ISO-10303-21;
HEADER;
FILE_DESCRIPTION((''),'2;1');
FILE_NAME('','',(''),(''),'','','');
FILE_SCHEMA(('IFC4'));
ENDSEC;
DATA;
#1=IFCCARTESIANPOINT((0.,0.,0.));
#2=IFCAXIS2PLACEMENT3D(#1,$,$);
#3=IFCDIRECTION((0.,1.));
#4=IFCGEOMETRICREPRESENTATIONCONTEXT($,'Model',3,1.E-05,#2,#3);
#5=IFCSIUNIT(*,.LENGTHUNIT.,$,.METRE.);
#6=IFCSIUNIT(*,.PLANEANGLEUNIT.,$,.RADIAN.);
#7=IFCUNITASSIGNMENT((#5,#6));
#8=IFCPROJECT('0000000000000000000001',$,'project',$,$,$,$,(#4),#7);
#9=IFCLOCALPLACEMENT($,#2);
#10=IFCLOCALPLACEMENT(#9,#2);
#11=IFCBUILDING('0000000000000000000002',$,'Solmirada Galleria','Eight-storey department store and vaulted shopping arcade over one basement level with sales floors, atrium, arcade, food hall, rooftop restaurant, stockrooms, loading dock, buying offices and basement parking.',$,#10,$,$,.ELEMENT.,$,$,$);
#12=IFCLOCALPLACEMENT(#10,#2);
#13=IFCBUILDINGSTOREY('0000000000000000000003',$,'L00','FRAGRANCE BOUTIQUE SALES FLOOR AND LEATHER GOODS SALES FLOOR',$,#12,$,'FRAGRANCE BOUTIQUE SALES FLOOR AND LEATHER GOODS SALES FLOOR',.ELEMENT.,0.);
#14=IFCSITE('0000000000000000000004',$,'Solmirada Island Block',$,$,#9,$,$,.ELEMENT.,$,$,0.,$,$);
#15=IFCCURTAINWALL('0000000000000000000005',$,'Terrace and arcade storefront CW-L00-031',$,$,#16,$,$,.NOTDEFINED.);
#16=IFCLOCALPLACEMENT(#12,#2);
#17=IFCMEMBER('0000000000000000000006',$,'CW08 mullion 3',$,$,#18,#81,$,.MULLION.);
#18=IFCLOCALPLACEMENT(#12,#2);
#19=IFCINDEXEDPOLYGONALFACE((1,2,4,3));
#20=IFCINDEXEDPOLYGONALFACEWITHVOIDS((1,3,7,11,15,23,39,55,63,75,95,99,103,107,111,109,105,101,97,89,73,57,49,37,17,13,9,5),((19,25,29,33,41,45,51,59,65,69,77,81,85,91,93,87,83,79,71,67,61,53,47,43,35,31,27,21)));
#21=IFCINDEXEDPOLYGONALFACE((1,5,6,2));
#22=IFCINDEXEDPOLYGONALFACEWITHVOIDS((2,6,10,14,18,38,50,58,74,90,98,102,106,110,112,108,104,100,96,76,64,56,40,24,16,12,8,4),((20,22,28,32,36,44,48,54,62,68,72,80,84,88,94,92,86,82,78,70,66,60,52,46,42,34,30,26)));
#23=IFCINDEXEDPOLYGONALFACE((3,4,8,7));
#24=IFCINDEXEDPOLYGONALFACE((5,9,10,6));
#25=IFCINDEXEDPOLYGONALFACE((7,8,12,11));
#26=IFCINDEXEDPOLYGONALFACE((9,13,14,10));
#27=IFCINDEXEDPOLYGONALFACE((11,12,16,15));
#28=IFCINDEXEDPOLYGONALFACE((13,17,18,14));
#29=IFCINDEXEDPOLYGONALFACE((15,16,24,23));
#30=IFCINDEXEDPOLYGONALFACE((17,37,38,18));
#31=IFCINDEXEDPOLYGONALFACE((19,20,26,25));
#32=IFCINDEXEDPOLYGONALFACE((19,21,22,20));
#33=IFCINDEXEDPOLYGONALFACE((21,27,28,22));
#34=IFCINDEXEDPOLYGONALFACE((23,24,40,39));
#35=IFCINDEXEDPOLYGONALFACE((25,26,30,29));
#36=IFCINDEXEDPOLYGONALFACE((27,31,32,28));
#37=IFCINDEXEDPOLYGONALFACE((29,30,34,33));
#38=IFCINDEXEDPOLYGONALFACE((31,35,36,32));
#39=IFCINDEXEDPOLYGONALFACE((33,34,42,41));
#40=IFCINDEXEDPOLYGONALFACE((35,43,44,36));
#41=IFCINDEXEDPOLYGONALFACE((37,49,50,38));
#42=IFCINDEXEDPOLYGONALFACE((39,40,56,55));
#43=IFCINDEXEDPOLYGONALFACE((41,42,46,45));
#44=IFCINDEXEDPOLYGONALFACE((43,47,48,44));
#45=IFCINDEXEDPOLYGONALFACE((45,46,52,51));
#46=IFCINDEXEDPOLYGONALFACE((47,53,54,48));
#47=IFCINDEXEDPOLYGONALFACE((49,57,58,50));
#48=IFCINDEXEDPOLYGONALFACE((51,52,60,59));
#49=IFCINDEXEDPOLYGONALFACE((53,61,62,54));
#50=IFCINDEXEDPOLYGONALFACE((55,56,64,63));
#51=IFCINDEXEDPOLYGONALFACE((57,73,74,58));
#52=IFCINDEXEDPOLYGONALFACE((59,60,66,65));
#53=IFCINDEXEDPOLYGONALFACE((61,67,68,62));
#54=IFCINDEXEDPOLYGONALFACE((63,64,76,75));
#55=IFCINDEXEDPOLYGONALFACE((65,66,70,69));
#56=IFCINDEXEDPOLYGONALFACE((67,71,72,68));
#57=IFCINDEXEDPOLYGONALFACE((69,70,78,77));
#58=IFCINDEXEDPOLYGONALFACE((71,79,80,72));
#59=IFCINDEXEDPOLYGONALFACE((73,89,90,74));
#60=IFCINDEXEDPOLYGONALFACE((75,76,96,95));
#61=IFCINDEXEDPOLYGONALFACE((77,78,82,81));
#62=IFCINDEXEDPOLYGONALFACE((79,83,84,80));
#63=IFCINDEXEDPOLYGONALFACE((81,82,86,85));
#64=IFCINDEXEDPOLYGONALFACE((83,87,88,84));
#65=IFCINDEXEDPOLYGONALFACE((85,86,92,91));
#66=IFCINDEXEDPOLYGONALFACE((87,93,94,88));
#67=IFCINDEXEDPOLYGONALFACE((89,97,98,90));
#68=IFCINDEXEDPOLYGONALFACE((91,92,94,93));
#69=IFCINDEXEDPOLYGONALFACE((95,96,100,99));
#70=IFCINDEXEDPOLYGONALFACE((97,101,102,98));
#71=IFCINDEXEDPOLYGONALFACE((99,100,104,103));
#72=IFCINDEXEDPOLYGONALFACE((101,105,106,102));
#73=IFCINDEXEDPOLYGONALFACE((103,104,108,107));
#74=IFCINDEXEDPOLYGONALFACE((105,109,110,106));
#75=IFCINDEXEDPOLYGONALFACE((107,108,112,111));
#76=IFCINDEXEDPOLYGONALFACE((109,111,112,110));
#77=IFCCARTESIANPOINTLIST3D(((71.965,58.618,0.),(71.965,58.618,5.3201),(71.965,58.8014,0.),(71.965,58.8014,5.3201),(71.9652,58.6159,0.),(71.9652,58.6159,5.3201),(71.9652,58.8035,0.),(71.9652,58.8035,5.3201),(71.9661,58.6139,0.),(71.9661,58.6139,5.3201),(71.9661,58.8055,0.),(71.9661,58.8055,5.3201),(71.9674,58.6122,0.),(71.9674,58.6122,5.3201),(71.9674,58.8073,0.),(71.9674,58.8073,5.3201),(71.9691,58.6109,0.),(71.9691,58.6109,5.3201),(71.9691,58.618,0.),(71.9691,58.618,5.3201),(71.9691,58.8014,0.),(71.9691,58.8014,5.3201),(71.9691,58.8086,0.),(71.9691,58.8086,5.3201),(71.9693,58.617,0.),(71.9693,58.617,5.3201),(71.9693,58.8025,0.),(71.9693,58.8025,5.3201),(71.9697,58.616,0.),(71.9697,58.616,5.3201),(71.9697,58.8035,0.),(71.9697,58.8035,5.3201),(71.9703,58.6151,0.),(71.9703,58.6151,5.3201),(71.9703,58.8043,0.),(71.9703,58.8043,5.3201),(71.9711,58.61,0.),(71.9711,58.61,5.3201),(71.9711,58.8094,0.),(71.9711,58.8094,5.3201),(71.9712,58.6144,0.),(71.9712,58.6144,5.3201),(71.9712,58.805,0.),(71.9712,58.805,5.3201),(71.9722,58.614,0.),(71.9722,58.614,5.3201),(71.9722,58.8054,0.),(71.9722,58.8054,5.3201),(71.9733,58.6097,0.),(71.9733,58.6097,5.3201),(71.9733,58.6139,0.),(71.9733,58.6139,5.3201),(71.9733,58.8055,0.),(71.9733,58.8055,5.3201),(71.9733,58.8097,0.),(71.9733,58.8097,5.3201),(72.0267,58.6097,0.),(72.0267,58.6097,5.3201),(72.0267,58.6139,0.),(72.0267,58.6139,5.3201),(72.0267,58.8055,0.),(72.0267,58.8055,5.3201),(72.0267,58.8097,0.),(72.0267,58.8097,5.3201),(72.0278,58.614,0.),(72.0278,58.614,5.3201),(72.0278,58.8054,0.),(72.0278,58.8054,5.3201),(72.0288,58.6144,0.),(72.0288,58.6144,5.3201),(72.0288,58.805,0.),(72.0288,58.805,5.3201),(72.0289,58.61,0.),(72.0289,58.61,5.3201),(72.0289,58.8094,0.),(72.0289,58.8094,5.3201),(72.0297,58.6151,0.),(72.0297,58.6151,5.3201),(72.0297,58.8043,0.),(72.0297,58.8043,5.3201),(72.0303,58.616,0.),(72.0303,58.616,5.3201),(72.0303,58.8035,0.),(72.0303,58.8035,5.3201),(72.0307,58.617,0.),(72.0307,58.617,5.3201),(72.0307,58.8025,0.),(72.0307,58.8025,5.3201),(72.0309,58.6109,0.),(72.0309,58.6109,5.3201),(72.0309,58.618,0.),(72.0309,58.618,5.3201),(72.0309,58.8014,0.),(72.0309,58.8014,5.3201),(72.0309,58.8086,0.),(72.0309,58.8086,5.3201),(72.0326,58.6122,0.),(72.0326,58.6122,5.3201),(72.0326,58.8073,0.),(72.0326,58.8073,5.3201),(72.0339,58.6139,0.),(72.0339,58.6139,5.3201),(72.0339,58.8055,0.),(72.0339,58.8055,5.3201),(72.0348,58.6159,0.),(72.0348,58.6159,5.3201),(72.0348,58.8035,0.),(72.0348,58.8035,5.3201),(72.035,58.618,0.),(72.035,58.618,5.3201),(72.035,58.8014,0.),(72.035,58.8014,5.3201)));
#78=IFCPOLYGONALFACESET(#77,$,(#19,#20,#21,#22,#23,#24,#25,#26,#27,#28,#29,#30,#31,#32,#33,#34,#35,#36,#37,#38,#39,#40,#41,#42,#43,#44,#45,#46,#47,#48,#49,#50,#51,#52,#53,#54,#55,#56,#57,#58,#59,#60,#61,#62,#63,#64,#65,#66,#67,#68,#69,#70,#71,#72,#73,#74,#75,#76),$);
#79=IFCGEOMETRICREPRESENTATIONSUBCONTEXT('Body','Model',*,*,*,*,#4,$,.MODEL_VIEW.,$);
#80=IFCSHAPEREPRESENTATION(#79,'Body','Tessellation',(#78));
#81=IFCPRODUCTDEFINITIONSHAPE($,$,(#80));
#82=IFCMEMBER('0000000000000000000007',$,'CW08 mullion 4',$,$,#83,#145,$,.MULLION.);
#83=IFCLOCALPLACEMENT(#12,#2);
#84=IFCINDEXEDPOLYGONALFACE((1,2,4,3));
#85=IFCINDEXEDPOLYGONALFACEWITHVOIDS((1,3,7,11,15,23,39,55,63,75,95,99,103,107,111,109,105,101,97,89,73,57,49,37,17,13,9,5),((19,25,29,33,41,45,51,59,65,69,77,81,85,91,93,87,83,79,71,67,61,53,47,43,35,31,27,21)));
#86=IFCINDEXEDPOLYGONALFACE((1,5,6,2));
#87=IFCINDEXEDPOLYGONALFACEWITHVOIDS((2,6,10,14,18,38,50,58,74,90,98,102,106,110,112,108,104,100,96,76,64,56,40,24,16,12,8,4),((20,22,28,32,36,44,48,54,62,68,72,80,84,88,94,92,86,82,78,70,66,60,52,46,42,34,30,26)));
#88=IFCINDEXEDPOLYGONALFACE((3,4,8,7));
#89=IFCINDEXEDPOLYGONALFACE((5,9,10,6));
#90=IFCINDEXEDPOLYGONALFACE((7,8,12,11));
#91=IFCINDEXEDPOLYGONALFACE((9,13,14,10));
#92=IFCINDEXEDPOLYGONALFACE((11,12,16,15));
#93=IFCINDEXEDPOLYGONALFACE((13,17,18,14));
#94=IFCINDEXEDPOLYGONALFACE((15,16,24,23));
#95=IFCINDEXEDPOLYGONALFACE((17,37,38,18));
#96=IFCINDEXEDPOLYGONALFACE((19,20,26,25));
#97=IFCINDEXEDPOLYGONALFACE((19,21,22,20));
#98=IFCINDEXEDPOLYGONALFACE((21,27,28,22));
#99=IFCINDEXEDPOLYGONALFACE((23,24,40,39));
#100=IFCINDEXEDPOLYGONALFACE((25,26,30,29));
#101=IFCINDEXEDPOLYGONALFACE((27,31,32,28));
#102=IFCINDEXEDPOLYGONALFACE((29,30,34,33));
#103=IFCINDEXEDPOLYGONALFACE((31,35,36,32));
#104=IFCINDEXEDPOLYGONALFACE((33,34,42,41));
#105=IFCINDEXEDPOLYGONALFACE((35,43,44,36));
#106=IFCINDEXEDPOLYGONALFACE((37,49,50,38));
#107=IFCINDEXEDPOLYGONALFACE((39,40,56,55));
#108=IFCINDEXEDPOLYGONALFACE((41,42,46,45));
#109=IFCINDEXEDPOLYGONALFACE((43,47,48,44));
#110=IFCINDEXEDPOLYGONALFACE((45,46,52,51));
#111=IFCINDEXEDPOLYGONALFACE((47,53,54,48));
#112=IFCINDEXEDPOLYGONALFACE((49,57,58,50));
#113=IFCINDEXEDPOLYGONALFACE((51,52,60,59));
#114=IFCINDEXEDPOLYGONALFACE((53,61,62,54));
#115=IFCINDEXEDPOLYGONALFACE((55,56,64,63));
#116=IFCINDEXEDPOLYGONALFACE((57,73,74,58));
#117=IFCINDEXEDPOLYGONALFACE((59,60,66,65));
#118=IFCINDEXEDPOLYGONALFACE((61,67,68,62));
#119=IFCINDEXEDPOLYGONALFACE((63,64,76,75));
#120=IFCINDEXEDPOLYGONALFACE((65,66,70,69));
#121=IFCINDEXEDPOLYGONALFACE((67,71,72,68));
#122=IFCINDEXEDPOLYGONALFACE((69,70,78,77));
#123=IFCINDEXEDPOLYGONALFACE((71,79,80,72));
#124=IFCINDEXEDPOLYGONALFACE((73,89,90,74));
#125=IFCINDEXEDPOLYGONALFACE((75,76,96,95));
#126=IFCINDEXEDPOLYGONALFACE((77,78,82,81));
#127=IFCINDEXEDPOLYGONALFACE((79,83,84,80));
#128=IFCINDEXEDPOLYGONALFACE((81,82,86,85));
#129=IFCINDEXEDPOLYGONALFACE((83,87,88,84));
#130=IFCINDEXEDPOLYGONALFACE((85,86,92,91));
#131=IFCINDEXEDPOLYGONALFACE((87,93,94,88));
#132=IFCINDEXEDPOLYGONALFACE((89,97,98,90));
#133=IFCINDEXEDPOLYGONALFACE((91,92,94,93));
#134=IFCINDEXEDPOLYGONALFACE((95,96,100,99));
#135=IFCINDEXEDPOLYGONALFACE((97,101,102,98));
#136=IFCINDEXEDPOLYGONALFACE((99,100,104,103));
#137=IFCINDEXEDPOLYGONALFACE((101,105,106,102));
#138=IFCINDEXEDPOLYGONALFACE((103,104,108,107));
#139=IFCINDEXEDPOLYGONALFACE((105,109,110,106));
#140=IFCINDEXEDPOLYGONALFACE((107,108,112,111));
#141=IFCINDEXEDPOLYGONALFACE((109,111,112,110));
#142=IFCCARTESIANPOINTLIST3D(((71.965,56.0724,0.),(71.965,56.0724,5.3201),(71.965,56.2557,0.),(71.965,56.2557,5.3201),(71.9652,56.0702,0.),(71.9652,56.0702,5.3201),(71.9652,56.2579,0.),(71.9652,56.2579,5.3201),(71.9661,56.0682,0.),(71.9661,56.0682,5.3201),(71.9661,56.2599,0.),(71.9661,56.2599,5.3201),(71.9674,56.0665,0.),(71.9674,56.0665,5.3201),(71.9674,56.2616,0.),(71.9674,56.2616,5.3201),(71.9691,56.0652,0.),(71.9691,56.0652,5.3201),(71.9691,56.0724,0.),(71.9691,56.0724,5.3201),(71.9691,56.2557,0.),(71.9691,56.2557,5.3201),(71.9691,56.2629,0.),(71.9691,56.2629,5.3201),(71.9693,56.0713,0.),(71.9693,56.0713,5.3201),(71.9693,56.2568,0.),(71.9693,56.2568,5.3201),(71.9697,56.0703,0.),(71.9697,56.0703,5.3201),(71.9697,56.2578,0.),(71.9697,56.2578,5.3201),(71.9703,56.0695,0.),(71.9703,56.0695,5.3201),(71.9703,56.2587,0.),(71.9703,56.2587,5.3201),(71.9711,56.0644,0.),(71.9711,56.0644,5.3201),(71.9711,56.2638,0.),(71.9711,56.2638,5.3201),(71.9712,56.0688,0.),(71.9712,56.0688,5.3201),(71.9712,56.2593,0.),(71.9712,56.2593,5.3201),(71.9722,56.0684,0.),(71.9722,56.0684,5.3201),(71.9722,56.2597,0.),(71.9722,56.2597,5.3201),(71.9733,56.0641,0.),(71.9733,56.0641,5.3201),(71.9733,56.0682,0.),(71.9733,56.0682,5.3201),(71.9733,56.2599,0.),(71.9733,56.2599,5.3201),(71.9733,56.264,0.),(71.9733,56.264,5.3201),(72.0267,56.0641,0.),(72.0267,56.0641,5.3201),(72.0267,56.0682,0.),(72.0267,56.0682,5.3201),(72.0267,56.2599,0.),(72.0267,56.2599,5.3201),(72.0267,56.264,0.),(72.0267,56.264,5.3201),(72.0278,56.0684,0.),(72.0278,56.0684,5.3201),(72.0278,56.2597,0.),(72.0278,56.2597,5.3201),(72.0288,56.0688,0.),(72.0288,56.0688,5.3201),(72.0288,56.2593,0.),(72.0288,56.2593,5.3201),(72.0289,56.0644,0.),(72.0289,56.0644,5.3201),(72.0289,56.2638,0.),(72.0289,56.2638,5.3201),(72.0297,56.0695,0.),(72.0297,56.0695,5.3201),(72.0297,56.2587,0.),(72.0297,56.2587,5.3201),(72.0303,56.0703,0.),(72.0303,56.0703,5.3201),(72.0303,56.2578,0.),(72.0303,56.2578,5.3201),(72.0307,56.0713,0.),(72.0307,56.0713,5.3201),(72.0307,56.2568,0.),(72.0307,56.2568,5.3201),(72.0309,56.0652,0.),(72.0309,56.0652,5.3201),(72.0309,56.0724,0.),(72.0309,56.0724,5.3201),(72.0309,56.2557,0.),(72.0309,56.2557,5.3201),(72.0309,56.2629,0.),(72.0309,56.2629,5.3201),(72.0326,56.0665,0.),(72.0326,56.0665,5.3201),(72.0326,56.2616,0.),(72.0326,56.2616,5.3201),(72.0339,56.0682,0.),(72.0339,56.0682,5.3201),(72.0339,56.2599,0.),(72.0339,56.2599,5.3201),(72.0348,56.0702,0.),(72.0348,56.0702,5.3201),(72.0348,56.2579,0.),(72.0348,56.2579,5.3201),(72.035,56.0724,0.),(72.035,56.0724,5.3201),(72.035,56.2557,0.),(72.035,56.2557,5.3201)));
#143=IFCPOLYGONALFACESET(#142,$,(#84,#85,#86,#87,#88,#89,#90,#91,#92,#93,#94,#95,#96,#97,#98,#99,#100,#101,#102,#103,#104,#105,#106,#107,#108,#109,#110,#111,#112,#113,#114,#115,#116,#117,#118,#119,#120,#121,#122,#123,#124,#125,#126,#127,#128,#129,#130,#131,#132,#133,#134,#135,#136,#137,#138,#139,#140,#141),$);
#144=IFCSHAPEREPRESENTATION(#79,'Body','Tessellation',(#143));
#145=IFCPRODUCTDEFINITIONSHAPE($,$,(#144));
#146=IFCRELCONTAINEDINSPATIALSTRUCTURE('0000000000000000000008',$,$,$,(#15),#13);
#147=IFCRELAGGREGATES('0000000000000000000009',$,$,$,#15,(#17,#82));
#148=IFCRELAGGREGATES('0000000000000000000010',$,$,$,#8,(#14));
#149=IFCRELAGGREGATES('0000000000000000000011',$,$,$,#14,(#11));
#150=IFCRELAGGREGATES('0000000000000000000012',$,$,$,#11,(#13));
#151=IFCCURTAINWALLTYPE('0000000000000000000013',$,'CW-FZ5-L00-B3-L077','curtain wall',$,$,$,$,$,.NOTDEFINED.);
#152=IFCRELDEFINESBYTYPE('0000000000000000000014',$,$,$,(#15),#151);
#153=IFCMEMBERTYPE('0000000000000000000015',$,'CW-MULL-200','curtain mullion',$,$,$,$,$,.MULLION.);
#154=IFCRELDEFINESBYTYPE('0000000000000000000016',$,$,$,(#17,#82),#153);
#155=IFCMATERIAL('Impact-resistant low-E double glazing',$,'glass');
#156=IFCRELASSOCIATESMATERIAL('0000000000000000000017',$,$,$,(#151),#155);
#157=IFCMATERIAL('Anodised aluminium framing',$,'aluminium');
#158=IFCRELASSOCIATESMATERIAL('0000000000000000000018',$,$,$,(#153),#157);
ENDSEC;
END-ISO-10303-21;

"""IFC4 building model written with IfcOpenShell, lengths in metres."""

from ifc_helpers import new_model, si_unit, direction, frame, origin, origin_2d, place, context, subcontext, project, spatial, hollow_rectangle, extrude, material, material_profile, profile_set, type_object, element, aggregate, save


model = new_model("IFC4")

# Units and contexts
model_context = context("Model", 3, precision=1e-05, world=origin(), true_north=direction((0.0, 1.0)))
body_context = subcontext(model_context, "Body", "Model", "MODEL_VIEW")
ifc_project = project(units=[si_unit("LENGTHUNIT", "METRE"), si_unit("PLANEANGLEUNIT", "RADIAN")], contexts=[model_context])

# Site, building, storey
site_placement = place(None, origin())
site = spatial("IfcSite", under=ifc_project, at=site_placement, Name="Solmirada Island Block", CompositionType="ELEMENT", RefElevation=0.0)
building_placement = place(site_placement, origin())
building = spatial("IfcBuilding", under=site, at=building_placement, Name="Solmirada Galleria", Description="Eight-storey department store and vaulted shopping arcade over one basement level with sales floors, atrium, arcade, food hall, rooftop restaurant, stockrooms, loading dock, buying offices and basement parking.", CompositionType="ELEMENT")
storey_placement = place(building_placement, origin())
storey = spatial("IfcBuildingStorey", under=building, at=storey_placement, Name="L00", Description="FRAGRANCE BOUTIQUE SALES FLOOR AND LEATHER GOODS SALES FLOOR", LongName="FRAGRANCE BOUTIQUE SALES FLOOR AND LEATHER GOODS SALES FLOOR", CompositionType="ELEMENT", Elevation=0.0)

# Curtain wall, members
ifc_material_1 = material(Name="Impact-resistant low-E double glazing", Category="glass")
curtain_wall_type = type_object("IfcCurtainWallType", Name="CW-FZ5-L00-B3-L077", Description="curtain wall", PredefinedType="NOTDEFINED", material=ifc_material_1)
curtain_wall_1_placement = place(storey_placement, origin())
curtain_wall_1 = element("IfcCurtainWall", 1, at=curtain_wall_1_placement, inside=storey, type_object=curtain_wall_type, Name="Terrace and arcade storefront CW-L00-031", PredefinedType="NOTDEFINED")
ifc_material_2 = material(Name="Anodised aluminium framing", Category="aluminium")
ifc_material_profile_1 = material_profile(ifc_material_2, hollow_rectangle(XDim=0.0701, YDim=0.2, WallThickness=0.0042, InnerFilletRadius=0.0042, OuterFilletRadius=0.0083, at=origin_2d()), Name="ALU-MULL-200X70")
ifc_profile_set_1 = profile_set([ifc_material_profile_1], Name="Anodised aluminium framing")
member_type_1 = type_object("IfcMemberType", Name="CW-MULL-200", Description="curtain mullion", PredefinedType="MULLION", material=ifc_profile_set_1)
member_1_placement = place(storey_placement, frame((72.0, 58.7097, 0.0), z_axis=(0.0, 0.0, 1.0), x_axis=(1.0, 0.0, 0.0)))
member_1 = element("IfcMember", 2, at=member_1_placement, type_object=member_type_1, Name="CW08 mullion 3", PredefinedType="MULLION", context=body_context, shape_type="SweptSolid", body=[
    extrude(hollow_rectangle(XDim=0.0701, YDim=0.2, WallThickness=0.0042, InnerFilletRadius=0.0042, OuterFilletRadius=0.0083, at=origin_2d()), origin(), (0.0, 0.0, 1.0), 5.3201),
])
member_2_placement = place(storey_placement, frame((72.0, 56.1641, 0.0), z_axis=(0.0, 0.0, 1.0), x_axis=(1.0, 0.0, 0.0)))
member_2 = element("IfcMember", 3, at=member_2_placement, type_object=member_type_1, Name="CW08 mullion 4", PredefinedType="MULLION", context=body_context, shape_type="SweptSolid", body=[
    extrude(hollow_rectangle(XDim=0.0701, YDim=0.2, WallThickness=0.0042, InnerFilletRadius=0.0042, OuterFilletRadius=0.0083, at=origin_2d()), origin(), (0.0, 0.0, 1.0), 5.3201),
])

aggregate(curtain_wall_1, [member_1, member_2])

save(model, "model.ifc")
